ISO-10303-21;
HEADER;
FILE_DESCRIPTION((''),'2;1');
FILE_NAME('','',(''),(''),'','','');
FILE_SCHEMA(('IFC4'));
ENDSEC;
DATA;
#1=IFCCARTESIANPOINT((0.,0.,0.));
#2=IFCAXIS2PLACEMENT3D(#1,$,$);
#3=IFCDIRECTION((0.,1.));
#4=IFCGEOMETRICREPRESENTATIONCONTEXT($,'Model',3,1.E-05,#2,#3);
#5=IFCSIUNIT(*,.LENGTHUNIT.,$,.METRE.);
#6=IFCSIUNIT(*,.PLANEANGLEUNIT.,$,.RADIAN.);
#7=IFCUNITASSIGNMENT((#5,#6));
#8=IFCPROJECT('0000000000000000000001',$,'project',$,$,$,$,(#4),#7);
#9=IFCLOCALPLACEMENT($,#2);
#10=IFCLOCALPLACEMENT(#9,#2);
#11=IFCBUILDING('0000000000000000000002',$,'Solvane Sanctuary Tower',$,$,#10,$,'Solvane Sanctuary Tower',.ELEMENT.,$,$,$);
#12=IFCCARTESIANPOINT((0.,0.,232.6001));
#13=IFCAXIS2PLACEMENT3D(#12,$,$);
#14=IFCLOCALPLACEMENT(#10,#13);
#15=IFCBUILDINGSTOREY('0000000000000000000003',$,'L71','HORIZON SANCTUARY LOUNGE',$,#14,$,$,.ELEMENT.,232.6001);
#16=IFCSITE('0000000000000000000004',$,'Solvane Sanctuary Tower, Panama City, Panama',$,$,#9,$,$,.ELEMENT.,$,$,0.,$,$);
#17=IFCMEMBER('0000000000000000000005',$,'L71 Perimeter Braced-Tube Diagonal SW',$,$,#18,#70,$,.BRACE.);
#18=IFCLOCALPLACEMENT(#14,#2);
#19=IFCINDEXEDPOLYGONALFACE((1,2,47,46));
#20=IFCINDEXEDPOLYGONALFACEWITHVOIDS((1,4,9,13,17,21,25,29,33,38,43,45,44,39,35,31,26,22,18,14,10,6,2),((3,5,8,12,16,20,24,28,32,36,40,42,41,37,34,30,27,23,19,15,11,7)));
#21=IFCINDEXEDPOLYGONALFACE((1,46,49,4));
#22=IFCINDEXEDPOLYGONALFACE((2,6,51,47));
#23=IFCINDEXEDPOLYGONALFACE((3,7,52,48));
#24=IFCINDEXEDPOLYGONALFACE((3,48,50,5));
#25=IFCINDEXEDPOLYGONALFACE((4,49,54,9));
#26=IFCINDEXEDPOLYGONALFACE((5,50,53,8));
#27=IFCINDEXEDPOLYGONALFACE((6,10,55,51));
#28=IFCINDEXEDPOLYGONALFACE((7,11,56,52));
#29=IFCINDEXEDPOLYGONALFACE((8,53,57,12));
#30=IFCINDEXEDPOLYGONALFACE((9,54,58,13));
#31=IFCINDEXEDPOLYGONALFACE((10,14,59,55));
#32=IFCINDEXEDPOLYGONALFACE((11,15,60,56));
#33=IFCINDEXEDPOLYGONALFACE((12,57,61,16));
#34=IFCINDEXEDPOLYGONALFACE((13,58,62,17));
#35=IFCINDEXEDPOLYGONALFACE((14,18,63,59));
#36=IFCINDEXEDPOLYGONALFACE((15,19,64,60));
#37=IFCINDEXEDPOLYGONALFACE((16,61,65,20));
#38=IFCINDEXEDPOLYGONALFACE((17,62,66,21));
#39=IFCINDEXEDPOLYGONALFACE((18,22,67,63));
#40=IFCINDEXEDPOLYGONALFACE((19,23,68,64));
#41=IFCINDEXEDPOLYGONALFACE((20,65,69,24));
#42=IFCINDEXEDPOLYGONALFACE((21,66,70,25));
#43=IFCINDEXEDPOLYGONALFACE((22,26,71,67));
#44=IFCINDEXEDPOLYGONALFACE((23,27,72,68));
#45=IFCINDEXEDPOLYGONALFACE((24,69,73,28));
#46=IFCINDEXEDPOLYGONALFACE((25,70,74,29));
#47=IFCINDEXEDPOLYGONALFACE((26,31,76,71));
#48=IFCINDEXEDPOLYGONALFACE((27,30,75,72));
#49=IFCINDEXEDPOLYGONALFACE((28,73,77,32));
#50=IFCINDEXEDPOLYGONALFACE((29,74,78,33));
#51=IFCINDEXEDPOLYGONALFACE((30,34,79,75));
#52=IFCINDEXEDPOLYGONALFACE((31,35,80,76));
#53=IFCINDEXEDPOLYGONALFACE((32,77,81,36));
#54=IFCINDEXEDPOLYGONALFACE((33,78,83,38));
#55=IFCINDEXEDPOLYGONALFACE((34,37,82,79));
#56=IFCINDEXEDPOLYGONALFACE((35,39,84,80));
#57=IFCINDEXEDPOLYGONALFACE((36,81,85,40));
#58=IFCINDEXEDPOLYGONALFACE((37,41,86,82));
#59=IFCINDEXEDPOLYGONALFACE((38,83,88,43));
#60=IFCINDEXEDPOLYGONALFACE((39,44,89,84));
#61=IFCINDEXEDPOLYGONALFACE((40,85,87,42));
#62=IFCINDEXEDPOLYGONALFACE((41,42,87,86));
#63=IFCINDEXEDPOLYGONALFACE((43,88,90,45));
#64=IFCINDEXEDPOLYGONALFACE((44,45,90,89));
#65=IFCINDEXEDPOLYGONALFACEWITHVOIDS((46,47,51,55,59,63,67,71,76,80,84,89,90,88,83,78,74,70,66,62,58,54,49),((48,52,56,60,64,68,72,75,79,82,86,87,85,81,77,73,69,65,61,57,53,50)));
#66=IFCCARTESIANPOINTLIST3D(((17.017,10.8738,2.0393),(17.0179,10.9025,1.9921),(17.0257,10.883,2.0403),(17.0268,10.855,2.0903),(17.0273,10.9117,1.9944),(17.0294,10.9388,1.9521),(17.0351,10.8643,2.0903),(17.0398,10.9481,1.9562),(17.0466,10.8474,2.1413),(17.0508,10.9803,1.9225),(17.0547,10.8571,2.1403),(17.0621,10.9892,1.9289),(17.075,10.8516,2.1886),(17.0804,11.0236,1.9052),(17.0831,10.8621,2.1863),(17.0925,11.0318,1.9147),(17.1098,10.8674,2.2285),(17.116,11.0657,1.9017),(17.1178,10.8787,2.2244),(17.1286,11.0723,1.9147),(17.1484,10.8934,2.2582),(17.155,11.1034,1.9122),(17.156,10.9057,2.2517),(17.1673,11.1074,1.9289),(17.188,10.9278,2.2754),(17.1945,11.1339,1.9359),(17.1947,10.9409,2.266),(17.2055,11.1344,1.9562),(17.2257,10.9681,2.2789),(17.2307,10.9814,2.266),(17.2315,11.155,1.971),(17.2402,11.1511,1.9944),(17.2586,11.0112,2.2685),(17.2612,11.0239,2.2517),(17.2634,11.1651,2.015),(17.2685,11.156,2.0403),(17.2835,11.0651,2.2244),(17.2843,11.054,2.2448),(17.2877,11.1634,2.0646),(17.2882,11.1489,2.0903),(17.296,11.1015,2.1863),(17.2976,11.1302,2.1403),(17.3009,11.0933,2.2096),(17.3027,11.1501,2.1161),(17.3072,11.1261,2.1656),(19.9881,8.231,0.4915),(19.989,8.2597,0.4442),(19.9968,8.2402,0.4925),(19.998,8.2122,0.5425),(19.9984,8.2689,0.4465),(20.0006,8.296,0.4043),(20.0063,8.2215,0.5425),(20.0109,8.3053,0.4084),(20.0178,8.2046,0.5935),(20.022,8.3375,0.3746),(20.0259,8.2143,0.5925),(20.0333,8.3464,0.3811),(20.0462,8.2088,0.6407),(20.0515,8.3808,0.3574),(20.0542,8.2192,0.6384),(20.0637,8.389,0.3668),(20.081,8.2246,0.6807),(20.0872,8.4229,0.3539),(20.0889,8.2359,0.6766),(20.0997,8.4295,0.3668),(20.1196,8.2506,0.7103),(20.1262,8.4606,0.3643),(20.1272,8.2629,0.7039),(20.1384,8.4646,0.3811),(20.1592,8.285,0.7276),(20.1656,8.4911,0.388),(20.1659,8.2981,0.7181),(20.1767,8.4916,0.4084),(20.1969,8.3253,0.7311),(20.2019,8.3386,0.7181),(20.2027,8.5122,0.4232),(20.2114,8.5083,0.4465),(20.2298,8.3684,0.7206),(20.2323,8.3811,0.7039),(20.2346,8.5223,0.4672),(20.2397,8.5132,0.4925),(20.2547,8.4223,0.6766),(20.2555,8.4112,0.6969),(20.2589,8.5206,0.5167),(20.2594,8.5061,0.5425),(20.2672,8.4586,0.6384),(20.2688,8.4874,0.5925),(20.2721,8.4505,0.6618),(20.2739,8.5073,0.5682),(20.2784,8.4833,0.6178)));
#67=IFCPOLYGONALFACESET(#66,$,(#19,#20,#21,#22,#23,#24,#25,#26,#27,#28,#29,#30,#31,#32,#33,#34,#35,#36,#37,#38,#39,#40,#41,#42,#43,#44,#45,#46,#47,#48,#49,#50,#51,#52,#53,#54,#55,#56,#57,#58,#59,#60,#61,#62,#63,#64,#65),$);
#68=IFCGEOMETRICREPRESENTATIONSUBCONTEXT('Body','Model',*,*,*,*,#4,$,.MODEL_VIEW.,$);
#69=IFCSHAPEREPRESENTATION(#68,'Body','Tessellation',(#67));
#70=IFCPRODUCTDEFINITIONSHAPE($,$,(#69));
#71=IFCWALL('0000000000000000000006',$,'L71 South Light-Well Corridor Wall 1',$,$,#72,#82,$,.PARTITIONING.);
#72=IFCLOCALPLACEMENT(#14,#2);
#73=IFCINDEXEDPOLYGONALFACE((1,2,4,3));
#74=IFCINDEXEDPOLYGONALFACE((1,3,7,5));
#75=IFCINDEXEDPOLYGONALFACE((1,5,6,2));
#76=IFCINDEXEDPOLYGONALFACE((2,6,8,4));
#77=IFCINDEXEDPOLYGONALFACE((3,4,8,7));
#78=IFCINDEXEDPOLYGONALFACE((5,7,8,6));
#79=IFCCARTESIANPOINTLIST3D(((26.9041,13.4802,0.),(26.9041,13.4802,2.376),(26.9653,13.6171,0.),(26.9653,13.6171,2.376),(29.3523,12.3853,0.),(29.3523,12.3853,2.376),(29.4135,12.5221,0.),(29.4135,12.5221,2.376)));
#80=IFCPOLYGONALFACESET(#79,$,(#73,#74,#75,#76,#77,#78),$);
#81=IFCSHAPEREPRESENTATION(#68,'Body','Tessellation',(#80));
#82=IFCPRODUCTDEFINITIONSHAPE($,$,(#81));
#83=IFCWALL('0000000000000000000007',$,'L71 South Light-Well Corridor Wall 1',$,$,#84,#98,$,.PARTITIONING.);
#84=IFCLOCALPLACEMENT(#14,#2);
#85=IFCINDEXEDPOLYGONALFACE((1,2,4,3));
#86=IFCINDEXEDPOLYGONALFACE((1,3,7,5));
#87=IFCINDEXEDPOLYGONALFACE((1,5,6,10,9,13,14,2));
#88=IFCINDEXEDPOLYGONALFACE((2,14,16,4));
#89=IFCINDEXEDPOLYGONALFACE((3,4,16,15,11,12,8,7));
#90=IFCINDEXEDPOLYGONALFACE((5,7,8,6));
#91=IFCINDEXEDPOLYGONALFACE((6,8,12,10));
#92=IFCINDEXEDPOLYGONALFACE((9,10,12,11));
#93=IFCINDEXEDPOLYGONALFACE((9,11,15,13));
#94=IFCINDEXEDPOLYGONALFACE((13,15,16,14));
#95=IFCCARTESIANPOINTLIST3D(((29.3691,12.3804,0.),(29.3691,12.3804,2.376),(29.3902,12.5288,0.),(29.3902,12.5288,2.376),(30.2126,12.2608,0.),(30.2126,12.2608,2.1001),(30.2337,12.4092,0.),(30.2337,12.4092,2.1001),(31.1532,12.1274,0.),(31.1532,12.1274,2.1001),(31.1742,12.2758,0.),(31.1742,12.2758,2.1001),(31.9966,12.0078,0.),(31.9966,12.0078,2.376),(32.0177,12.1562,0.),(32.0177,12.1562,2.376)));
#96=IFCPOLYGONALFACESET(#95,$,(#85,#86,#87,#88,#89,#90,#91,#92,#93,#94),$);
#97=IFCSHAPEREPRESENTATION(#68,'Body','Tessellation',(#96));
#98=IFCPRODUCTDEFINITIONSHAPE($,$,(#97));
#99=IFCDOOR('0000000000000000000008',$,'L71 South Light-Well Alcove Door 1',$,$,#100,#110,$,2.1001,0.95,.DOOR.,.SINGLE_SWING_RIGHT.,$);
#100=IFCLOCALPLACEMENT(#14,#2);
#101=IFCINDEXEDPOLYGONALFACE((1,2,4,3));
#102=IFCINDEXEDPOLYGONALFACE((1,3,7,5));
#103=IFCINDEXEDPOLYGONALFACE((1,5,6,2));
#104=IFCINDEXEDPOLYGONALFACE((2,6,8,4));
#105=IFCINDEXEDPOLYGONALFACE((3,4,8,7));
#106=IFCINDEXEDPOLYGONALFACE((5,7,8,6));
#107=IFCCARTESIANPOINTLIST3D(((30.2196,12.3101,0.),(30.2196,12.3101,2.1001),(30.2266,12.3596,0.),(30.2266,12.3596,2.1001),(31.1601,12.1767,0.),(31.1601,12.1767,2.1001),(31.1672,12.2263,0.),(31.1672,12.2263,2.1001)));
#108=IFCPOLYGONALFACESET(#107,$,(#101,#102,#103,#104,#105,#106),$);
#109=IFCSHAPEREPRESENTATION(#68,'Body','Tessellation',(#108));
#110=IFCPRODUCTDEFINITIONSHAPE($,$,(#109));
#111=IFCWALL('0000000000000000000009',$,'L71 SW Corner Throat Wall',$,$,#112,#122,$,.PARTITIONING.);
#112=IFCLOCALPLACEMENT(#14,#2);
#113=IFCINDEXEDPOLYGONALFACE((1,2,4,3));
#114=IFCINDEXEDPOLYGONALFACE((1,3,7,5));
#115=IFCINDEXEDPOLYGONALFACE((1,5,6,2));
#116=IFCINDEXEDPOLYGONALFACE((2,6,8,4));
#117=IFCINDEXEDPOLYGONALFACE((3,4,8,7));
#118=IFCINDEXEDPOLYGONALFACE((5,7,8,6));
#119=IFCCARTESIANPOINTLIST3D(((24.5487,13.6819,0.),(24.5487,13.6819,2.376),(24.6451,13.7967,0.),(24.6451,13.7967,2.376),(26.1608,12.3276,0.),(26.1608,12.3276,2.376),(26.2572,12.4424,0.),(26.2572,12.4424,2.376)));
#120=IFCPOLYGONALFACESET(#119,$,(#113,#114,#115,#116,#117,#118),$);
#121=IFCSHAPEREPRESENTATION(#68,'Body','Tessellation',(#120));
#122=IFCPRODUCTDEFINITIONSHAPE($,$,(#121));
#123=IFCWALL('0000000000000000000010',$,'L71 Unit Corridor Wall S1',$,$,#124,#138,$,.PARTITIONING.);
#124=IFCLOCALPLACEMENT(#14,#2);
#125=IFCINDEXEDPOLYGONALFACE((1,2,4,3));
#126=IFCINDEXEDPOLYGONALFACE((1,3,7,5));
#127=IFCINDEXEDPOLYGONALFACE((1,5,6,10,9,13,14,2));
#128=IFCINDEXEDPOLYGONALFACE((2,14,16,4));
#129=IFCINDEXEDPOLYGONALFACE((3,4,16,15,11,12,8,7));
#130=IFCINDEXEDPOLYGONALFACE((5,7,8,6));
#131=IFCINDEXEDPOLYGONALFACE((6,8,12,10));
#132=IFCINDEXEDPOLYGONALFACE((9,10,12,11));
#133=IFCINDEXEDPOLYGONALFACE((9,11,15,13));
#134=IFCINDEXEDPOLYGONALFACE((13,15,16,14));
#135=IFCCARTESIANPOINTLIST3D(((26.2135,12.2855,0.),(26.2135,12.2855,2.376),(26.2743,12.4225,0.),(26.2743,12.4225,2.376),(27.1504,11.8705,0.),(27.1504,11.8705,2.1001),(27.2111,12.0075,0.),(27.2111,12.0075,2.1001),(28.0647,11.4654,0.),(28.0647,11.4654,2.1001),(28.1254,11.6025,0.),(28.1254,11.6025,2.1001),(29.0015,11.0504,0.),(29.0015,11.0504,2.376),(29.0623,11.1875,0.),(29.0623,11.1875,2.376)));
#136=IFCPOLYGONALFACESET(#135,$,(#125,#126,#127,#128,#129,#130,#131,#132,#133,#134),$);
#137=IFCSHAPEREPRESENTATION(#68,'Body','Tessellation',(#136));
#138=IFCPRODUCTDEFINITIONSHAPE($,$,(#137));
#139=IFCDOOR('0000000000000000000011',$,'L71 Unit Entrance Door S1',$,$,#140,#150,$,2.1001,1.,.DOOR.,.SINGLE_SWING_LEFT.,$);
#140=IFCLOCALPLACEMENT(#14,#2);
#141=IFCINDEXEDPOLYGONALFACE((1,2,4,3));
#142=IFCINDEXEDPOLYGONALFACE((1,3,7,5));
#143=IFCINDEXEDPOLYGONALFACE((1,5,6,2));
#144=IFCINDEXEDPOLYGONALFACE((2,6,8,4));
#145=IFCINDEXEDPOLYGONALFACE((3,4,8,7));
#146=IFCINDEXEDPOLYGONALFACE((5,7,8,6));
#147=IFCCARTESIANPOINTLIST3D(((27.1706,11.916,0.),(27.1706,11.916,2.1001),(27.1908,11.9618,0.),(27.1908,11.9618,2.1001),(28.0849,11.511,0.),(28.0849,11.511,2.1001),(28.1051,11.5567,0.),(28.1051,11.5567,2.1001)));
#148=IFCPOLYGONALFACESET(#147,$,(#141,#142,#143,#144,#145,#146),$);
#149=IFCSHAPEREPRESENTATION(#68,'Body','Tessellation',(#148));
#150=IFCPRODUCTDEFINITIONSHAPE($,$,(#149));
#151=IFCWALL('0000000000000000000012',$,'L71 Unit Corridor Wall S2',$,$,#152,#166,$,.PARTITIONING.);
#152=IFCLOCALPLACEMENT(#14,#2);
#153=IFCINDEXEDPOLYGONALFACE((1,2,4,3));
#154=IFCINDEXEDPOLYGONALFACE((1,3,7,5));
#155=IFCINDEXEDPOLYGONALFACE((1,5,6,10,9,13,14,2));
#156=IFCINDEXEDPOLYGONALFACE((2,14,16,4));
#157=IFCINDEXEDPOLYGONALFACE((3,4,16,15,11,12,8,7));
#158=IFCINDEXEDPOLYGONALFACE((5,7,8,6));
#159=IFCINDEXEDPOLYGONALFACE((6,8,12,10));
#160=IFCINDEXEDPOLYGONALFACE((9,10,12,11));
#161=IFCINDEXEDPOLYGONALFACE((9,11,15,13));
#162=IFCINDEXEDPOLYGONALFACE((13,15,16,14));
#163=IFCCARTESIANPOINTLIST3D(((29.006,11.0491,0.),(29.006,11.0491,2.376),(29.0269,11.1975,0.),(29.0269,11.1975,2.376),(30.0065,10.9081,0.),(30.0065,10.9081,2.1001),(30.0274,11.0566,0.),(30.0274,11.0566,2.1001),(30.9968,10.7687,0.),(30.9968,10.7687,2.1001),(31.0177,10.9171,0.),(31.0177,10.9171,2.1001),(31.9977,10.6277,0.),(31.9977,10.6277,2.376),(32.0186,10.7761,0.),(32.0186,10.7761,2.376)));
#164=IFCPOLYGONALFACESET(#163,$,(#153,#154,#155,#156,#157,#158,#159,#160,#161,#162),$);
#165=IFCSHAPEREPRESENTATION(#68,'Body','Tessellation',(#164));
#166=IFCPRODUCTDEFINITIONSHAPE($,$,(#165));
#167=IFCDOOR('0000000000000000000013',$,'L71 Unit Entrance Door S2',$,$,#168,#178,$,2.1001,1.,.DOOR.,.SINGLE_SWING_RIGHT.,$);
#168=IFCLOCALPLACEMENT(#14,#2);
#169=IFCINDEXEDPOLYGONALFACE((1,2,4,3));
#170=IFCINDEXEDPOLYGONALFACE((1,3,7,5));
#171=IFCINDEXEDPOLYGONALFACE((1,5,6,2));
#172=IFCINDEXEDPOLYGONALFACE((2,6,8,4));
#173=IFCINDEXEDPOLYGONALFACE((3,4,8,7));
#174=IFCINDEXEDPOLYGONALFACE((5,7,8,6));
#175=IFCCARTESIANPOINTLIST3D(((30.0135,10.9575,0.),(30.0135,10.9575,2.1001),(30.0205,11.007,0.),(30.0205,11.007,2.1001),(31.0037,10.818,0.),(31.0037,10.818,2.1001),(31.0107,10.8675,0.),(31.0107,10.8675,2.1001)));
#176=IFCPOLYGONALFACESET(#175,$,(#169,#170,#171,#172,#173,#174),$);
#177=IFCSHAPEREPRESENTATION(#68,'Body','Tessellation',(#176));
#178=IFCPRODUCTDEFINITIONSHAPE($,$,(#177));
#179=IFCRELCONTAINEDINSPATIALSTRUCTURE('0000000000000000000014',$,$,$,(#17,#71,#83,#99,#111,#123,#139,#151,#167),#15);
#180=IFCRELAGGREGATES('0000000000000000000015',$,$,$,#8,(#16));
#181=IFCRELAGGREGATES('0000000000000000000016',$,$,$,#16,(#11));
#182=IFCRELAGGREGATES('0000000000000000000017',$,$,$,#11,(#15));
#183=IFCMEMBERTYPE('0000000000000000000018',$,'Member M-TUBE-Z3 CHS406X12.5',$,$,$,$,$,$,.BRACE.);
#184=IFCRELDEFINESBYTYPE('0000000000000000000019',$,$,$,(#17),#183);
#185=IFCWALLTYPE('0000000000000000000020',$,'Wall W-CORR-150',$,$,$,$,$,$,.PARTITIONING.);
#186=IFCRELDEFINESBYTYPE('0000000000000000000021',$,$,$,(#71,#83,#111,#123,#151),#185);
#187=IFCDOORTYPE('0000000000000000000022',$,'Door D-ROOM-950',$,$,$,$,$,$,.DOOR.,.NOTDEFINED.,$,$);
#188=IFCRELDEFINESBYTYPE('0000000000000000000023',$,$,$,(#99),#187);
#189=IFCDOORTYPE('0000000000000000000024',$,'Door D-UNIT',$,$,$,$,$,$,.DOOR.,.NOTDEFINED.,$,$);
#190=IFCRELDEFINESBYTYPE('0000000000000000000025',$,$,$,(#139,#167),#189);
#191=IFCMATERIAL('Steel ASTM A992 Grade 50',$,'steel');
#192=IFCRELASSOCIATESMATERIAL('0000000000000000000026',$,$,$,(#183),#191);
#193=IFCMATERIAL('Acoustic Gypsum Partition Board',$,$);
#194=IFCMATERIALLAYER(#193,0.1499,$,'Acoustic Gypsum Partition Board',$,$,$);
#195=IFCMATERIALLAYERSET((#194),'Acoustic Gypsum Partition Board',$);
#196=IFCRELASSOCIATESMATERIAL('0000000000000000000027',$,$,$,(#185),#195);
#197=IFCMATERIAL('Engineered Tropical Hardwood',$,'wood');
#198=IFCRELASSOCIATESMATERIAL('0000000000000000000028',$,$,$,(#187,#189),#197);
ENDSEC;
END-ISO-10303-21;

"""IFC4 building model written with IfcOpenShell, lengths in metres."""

from ifc_helpers import new_model, si_unit, direction, frame, frame_2d, origin, origin_2d, place, context, subcontext, project, spatial, rectangle, hollow_circle, extrude, material, layer, layer_set, material_profile, profile_set, type_object, element, fill, save


model = new_model("IFC4")

# Units and contexts
model_context = context("Model", 3, precision=1e-05, world=origin(), true_north=direction((0.0, 1.0)))
body_context = subcontext(model_context, "Body", "Model", "MODEL_VIEW")
ifc_project = project(units=[si_unit("LENGTHUNIT", "METRE"), si_unit("PLANEANGLEUNIT", "RADIAN")], contexts=[model_context])

# Site, building, storey
site_placement = place(None, origin())
site = spatial("IfcSite", under=ifc_project, at=site_placement, Name="Solvane Sanctuary Tower, Panama City, Panama", CompositionType="ELEMENT", RefElevation=0.0)
building_placement = place(site_placement, origin())
building = spatial("IfcBuilding", under=site, at=building_placement, Name="Solvane Sanctuary Tower", LongName="Solvane Sanctuary Tower", CompositionType="ELEMENT")
storey_placement = place(building_placement, frame((0.0, 0.0, 232.6001)))
storey = spatial("IfcBuildingStorey", under=building, at=storey_placement, Name="L71", Description="HORIZON SANCTUARY LOUNGE", CompositionType="ELEMENT", Elevation=232.6001)

# Shared definitions
ifc_material_1 = material(Name="Steel ASTM A992 Grade 50", Category="steel")

# Member
ifc_material_profile_1 = material_profile(ifc_material_1, hollow_circle(Radius=0.2029, WallThickness=0.0125, at=origin_2d()), Name="CHS406X12.5")
ifc_profile_set_1 = profile_set([ifc_material_profile_1], Name="Steel ASTM A992 Grade 50")
member_type = type_object("IfcMemberType", Name="Member M-TUBE-Z3 CHS406X12.5", PredefinedType="BRACE", material=ifc_profile_set_1)
member_placement = place(storey_placement, frame((20.1328, 8.3638, 0.5425), z_axis=(-0.696299, 0.619345, 0.362739), x_axis=(-0.664612, -0.747189, 0.0)))
element("IfcMember", 1, at=member_placement, inside=storey, type_object=member_type, Name="L71 Perimeter Braced-Tube Diagonal SW", PredefinedType="BRACE", context=body_context, shape_type="SweptSolid", body=[
    extrude(hollow_circle(Radius=0.2029, WallThickness=0.0125, at=origin_2d()), origin(), (0.0, 0.0, 1.0), 4.2671),
])

# Wall
ifc_material_2 = material(Name="Acoustic Gypsum Partition Board")
ifc_layer_1 = layer(ifc_material_2, 0.1499, Name="Acoustic Gypsum Partition Board")
ifc_layer_set_1 = layer_set([ifc_layer_1], Name="Acoustic Gypsum Partition Board")
wall_type_1 = type_object("IfcWallType", Name="Wall W-CORR-150", PredefinedType="PARTITIONING", material=ifc_layer_set_1)
wall_1_placement = place(storey_placement, frame((26.9348, 13.5486, 0.0), z_axis=(0.0, 0.0, 1.0), x_axis=(0.912859, -0.408274, 0.0)))
element("IfcWall", 2, at=wall_1_placement, inside=storey, type_object=wall_type_1, Name="L71 South Light-Well Corridor Wall 1", PredefinedType="PARTITIONING", context=body_context, shape_type="SweptSolid", body=[
    extrude(rectangle(XDim=2.6819, YDim=0.1499, at=frame_2d((1.3408, 0.0))), origin(), (0.0, 0.0, 1.0), 2.376),
])

# Wall, opening, door
wall_2_placement = place(storey_placement, frame((29.3796, 12.4546, 0.0), z_axis=(0.0, 0.0, 1.0), x_axis=(0.990096, -0.140391, 0.0)))
wall_2 = element("IfcWall", 3, at=wall_2_placement, inside=storey, type_object=wall_type_1, Name="L71 South Light-Well Corridor Wall 1", PredefinedType="PARTITIONING", context=body_context, shape_type="SweptSolid", body=[
    extrude(rectangle(XDim=2.6538, YDim=0.1499, at=frame_2d((1.3269, 0.0))), origin(), (0.0, 0.0, 1.0), 2.376),
])
opening_1_placement = place(wall_2_placement, frame((0.8518, 0.0, 0.0)))
opening_1 = element("IfcOpeningElement", 4, at=opening_1_placement, cuts=wall_2, PredefinedType="OPENING", context=body_context, shape_type="SweptSolid", body=[
    extrude(rectangle(XDim=0.95, YDim=2.1001, at=frame_2d((0.4751, 1.05))), frame((0.0, 0.085, 0.0), z_axis=(0.0, -1.0, 0.0), x_axis=(1.0, 0.0, 0.0)), (0.0, 0.0, 1.0), 0.1699),
])
ifc_material_3 = material(Name="Engineered Tropical Hardwood", Category="wood")
door_type_1 = type_object("IfcDoorType", Name="Door D-ROOM-950", OperationType="NOTDEFINED", PredefinedType="DOOR", material=ifc_material_3)
door_1_placement = place(opening_1_placement, origin())
door_1 = element("IfcDoor", 5, at=door_1_placement, inside=storey, type_object=door_type_1, Name="L71 South Light-Well Alcove Door 1", OperationType="SINGLE_SWING_RIGHT", OverallHeight=2.1001, OverallWidth=0.95, PredefinedType="DOOR", context=body_context, shape_type="SweptSolid", body=[
    extrude(rectangle(XDim=0.95, YDim=2.1001, at=frame_2d((0.4751, 1.05))), frame((0.0, 0.0249, 0.0), z_axis=(0.0, -1.0, 0.0), x_axis=(1.0, 0.0, 0.0)), (0.0, 0.0, 1.0), 0.05),
])
fill(opening_1, door_1)

# Wall
wall_3_placement = place(storey_placement, frame((26.209, 12.385, 0.0), z_axis=(0.0, 0.0, 1.0), x_axis=(-0.765677, 0.643225, 0.0)))
element("IfcWall", 6, at=wall_3_placement, inside=storey, type_object=wall_type_1, Name="L71 SW Corner Throat Wall", PredefinedType="PARTITIONING", context=body_context, shape_type="SweptSolid", body=[
    extrude(rectangle(XDim=2.1055, YDim=0.1499, at=frame_2d((1.0527, 0.0))), origin(), (0.0, 0.0, 1.0), 2.376),
])

# Walls, openings, doors
wall_4_placement = place(storey_placement, frame((26.2439, 12.354, 0.0), z_axis=(0.0, 0.0, 1.0), x_axis=(0.914303, -0.405031, 0.0)))
wall_4 = element("IfcWall", 7, at=wall_4_placement, inside=storey, type_object=wall_type_1, Name="L71 Unit Corridor Wall S1", PredefinedType="PARTITIONING", context=body_context, shape_type="SweptSolid", body=[
    extrude(rectangle(XDim=3.0493, YDim=0.1499, at=frame_2d((1.5247, 0.0))), origin(), (0.0, 0.0, 1.0), 2.376),
])
opening_2_placement = place(wall_4_placement, frame((1.0247, 0.0, 0.0)))
opening_2 = element("IfcOpeningElement", 8, at=opening_2_placement, cuts=wall_4, PredefinedType="OPENING", context=body_context, shape_type="SweptSolid", body=[
    extrude(rectangle(XDim=1.0, YDim=2.1001, at=frame_2d((0.5, 1.05))), frame((0.0, 0.085, 0.0), z_axis=(0.0, -1.0, 0.0), x_axis=(1.0, 0.0, 0.0)), (0.0, 0.0, 1.0), 0.1699),
])
door_type_2 = type_object("IfcDoorType", Name="Door D-UNIT", OperationType="NOTDEFINED", PredefinedType="DOOR", material=ifc_material_3)
door_2_placement = place(opening_2_placement, origin())
door_2 = element("IfcDoor", 9, at=door_2_placement, inside=storey, type_object=door_type_2, Name="L71 Unit Entrance Door S1", OperationType="SINGLE_SWING_LEFT", OverallHeight=2.1001, OverallWidth=1.0, PredefinedType="DOOR", context=body_context, shape_type="SweptSolid", body=[
    extrude(rectangle(XDim=1.0, YDim=2.1001, at=frame_2d((0.5, 1.05))), frame((0.0, 0.0249, 0.0), z_axis=(0.0, -1.0, 0.0), x_axis=(1.0, 0.0, 0.0)), (0.0, 0.0, 1.0), 0.05),
])
fill(opening_2, door_2)
wall_5_placement = place(storey_placement, frame((29.0164, 11.1233, 0.0), z_axis=(0.0, 0.0, 1.0), x_axis=(0.990226, -0.139475, 0.0)))
wall_5 = element("IfcWall", 10, at=wall_5_placement, inside=storey, type_object=wall_type_1, Name="L71 Unit Corridor Wall S2", PredefinedType="PARTITIONING", context=body_context, shape_type="SweptSolid", body=[
    extrude(rectangle(XDim=3.0212, YDim=0.1499, at=frame_2d((1.5107, 0.0))), origin(), (0.0, 0.0, 1.0), 2.376),
])
opening_3_placement = place(wall_5_placement, frame((1.0105, 0.0, 0.0)))
opening_3 = element("IfcOpeningElement", 11, at=opening_3_placement, cuts=wall_5, PredefinedType="OPENING", context=body_context, shape_type="SweptSolid", body=[
    extrude(rectangle(XDim=1.0, YDim=2.1001, at=frame_2d((0.5, 1.05))), frame((0.0, 0.085, 0.0), z_axis=(0.0, -1.0, 0.0), x_axis=(1.0, 0.0, 0.0)), (0.0, 0.0, 1.0), 0.1699),
])
door_3_placement = place(opening_3_placement, origin())
door_3 = element("IfcDoor", 12, at=door_3_placement, inside=storey, type_object=door_type_2, Name="L71 Unit Entrance Door S2", OperationType="SINGLE_SWING_RIGHT", OverallHeight=2.1001, OverallWidth=1.0, PredefinedType="DOOR", context=body_context, shape_type="SweptSolid", body=[
    extrude(rectangle(XDim=1.0, YDim=2.1001, at=frame_2d((0.5, 1.05))), frame((0.0, 0.0249, 0.0), z_axis=(0.0, -1.0, 0.0), x_axis=(1.0, 0.0, 0.0)), (0.0, 0.0, 1.0), 0.05),
])
fill(opening_3, door_3)

save(model, "model.ifc")
